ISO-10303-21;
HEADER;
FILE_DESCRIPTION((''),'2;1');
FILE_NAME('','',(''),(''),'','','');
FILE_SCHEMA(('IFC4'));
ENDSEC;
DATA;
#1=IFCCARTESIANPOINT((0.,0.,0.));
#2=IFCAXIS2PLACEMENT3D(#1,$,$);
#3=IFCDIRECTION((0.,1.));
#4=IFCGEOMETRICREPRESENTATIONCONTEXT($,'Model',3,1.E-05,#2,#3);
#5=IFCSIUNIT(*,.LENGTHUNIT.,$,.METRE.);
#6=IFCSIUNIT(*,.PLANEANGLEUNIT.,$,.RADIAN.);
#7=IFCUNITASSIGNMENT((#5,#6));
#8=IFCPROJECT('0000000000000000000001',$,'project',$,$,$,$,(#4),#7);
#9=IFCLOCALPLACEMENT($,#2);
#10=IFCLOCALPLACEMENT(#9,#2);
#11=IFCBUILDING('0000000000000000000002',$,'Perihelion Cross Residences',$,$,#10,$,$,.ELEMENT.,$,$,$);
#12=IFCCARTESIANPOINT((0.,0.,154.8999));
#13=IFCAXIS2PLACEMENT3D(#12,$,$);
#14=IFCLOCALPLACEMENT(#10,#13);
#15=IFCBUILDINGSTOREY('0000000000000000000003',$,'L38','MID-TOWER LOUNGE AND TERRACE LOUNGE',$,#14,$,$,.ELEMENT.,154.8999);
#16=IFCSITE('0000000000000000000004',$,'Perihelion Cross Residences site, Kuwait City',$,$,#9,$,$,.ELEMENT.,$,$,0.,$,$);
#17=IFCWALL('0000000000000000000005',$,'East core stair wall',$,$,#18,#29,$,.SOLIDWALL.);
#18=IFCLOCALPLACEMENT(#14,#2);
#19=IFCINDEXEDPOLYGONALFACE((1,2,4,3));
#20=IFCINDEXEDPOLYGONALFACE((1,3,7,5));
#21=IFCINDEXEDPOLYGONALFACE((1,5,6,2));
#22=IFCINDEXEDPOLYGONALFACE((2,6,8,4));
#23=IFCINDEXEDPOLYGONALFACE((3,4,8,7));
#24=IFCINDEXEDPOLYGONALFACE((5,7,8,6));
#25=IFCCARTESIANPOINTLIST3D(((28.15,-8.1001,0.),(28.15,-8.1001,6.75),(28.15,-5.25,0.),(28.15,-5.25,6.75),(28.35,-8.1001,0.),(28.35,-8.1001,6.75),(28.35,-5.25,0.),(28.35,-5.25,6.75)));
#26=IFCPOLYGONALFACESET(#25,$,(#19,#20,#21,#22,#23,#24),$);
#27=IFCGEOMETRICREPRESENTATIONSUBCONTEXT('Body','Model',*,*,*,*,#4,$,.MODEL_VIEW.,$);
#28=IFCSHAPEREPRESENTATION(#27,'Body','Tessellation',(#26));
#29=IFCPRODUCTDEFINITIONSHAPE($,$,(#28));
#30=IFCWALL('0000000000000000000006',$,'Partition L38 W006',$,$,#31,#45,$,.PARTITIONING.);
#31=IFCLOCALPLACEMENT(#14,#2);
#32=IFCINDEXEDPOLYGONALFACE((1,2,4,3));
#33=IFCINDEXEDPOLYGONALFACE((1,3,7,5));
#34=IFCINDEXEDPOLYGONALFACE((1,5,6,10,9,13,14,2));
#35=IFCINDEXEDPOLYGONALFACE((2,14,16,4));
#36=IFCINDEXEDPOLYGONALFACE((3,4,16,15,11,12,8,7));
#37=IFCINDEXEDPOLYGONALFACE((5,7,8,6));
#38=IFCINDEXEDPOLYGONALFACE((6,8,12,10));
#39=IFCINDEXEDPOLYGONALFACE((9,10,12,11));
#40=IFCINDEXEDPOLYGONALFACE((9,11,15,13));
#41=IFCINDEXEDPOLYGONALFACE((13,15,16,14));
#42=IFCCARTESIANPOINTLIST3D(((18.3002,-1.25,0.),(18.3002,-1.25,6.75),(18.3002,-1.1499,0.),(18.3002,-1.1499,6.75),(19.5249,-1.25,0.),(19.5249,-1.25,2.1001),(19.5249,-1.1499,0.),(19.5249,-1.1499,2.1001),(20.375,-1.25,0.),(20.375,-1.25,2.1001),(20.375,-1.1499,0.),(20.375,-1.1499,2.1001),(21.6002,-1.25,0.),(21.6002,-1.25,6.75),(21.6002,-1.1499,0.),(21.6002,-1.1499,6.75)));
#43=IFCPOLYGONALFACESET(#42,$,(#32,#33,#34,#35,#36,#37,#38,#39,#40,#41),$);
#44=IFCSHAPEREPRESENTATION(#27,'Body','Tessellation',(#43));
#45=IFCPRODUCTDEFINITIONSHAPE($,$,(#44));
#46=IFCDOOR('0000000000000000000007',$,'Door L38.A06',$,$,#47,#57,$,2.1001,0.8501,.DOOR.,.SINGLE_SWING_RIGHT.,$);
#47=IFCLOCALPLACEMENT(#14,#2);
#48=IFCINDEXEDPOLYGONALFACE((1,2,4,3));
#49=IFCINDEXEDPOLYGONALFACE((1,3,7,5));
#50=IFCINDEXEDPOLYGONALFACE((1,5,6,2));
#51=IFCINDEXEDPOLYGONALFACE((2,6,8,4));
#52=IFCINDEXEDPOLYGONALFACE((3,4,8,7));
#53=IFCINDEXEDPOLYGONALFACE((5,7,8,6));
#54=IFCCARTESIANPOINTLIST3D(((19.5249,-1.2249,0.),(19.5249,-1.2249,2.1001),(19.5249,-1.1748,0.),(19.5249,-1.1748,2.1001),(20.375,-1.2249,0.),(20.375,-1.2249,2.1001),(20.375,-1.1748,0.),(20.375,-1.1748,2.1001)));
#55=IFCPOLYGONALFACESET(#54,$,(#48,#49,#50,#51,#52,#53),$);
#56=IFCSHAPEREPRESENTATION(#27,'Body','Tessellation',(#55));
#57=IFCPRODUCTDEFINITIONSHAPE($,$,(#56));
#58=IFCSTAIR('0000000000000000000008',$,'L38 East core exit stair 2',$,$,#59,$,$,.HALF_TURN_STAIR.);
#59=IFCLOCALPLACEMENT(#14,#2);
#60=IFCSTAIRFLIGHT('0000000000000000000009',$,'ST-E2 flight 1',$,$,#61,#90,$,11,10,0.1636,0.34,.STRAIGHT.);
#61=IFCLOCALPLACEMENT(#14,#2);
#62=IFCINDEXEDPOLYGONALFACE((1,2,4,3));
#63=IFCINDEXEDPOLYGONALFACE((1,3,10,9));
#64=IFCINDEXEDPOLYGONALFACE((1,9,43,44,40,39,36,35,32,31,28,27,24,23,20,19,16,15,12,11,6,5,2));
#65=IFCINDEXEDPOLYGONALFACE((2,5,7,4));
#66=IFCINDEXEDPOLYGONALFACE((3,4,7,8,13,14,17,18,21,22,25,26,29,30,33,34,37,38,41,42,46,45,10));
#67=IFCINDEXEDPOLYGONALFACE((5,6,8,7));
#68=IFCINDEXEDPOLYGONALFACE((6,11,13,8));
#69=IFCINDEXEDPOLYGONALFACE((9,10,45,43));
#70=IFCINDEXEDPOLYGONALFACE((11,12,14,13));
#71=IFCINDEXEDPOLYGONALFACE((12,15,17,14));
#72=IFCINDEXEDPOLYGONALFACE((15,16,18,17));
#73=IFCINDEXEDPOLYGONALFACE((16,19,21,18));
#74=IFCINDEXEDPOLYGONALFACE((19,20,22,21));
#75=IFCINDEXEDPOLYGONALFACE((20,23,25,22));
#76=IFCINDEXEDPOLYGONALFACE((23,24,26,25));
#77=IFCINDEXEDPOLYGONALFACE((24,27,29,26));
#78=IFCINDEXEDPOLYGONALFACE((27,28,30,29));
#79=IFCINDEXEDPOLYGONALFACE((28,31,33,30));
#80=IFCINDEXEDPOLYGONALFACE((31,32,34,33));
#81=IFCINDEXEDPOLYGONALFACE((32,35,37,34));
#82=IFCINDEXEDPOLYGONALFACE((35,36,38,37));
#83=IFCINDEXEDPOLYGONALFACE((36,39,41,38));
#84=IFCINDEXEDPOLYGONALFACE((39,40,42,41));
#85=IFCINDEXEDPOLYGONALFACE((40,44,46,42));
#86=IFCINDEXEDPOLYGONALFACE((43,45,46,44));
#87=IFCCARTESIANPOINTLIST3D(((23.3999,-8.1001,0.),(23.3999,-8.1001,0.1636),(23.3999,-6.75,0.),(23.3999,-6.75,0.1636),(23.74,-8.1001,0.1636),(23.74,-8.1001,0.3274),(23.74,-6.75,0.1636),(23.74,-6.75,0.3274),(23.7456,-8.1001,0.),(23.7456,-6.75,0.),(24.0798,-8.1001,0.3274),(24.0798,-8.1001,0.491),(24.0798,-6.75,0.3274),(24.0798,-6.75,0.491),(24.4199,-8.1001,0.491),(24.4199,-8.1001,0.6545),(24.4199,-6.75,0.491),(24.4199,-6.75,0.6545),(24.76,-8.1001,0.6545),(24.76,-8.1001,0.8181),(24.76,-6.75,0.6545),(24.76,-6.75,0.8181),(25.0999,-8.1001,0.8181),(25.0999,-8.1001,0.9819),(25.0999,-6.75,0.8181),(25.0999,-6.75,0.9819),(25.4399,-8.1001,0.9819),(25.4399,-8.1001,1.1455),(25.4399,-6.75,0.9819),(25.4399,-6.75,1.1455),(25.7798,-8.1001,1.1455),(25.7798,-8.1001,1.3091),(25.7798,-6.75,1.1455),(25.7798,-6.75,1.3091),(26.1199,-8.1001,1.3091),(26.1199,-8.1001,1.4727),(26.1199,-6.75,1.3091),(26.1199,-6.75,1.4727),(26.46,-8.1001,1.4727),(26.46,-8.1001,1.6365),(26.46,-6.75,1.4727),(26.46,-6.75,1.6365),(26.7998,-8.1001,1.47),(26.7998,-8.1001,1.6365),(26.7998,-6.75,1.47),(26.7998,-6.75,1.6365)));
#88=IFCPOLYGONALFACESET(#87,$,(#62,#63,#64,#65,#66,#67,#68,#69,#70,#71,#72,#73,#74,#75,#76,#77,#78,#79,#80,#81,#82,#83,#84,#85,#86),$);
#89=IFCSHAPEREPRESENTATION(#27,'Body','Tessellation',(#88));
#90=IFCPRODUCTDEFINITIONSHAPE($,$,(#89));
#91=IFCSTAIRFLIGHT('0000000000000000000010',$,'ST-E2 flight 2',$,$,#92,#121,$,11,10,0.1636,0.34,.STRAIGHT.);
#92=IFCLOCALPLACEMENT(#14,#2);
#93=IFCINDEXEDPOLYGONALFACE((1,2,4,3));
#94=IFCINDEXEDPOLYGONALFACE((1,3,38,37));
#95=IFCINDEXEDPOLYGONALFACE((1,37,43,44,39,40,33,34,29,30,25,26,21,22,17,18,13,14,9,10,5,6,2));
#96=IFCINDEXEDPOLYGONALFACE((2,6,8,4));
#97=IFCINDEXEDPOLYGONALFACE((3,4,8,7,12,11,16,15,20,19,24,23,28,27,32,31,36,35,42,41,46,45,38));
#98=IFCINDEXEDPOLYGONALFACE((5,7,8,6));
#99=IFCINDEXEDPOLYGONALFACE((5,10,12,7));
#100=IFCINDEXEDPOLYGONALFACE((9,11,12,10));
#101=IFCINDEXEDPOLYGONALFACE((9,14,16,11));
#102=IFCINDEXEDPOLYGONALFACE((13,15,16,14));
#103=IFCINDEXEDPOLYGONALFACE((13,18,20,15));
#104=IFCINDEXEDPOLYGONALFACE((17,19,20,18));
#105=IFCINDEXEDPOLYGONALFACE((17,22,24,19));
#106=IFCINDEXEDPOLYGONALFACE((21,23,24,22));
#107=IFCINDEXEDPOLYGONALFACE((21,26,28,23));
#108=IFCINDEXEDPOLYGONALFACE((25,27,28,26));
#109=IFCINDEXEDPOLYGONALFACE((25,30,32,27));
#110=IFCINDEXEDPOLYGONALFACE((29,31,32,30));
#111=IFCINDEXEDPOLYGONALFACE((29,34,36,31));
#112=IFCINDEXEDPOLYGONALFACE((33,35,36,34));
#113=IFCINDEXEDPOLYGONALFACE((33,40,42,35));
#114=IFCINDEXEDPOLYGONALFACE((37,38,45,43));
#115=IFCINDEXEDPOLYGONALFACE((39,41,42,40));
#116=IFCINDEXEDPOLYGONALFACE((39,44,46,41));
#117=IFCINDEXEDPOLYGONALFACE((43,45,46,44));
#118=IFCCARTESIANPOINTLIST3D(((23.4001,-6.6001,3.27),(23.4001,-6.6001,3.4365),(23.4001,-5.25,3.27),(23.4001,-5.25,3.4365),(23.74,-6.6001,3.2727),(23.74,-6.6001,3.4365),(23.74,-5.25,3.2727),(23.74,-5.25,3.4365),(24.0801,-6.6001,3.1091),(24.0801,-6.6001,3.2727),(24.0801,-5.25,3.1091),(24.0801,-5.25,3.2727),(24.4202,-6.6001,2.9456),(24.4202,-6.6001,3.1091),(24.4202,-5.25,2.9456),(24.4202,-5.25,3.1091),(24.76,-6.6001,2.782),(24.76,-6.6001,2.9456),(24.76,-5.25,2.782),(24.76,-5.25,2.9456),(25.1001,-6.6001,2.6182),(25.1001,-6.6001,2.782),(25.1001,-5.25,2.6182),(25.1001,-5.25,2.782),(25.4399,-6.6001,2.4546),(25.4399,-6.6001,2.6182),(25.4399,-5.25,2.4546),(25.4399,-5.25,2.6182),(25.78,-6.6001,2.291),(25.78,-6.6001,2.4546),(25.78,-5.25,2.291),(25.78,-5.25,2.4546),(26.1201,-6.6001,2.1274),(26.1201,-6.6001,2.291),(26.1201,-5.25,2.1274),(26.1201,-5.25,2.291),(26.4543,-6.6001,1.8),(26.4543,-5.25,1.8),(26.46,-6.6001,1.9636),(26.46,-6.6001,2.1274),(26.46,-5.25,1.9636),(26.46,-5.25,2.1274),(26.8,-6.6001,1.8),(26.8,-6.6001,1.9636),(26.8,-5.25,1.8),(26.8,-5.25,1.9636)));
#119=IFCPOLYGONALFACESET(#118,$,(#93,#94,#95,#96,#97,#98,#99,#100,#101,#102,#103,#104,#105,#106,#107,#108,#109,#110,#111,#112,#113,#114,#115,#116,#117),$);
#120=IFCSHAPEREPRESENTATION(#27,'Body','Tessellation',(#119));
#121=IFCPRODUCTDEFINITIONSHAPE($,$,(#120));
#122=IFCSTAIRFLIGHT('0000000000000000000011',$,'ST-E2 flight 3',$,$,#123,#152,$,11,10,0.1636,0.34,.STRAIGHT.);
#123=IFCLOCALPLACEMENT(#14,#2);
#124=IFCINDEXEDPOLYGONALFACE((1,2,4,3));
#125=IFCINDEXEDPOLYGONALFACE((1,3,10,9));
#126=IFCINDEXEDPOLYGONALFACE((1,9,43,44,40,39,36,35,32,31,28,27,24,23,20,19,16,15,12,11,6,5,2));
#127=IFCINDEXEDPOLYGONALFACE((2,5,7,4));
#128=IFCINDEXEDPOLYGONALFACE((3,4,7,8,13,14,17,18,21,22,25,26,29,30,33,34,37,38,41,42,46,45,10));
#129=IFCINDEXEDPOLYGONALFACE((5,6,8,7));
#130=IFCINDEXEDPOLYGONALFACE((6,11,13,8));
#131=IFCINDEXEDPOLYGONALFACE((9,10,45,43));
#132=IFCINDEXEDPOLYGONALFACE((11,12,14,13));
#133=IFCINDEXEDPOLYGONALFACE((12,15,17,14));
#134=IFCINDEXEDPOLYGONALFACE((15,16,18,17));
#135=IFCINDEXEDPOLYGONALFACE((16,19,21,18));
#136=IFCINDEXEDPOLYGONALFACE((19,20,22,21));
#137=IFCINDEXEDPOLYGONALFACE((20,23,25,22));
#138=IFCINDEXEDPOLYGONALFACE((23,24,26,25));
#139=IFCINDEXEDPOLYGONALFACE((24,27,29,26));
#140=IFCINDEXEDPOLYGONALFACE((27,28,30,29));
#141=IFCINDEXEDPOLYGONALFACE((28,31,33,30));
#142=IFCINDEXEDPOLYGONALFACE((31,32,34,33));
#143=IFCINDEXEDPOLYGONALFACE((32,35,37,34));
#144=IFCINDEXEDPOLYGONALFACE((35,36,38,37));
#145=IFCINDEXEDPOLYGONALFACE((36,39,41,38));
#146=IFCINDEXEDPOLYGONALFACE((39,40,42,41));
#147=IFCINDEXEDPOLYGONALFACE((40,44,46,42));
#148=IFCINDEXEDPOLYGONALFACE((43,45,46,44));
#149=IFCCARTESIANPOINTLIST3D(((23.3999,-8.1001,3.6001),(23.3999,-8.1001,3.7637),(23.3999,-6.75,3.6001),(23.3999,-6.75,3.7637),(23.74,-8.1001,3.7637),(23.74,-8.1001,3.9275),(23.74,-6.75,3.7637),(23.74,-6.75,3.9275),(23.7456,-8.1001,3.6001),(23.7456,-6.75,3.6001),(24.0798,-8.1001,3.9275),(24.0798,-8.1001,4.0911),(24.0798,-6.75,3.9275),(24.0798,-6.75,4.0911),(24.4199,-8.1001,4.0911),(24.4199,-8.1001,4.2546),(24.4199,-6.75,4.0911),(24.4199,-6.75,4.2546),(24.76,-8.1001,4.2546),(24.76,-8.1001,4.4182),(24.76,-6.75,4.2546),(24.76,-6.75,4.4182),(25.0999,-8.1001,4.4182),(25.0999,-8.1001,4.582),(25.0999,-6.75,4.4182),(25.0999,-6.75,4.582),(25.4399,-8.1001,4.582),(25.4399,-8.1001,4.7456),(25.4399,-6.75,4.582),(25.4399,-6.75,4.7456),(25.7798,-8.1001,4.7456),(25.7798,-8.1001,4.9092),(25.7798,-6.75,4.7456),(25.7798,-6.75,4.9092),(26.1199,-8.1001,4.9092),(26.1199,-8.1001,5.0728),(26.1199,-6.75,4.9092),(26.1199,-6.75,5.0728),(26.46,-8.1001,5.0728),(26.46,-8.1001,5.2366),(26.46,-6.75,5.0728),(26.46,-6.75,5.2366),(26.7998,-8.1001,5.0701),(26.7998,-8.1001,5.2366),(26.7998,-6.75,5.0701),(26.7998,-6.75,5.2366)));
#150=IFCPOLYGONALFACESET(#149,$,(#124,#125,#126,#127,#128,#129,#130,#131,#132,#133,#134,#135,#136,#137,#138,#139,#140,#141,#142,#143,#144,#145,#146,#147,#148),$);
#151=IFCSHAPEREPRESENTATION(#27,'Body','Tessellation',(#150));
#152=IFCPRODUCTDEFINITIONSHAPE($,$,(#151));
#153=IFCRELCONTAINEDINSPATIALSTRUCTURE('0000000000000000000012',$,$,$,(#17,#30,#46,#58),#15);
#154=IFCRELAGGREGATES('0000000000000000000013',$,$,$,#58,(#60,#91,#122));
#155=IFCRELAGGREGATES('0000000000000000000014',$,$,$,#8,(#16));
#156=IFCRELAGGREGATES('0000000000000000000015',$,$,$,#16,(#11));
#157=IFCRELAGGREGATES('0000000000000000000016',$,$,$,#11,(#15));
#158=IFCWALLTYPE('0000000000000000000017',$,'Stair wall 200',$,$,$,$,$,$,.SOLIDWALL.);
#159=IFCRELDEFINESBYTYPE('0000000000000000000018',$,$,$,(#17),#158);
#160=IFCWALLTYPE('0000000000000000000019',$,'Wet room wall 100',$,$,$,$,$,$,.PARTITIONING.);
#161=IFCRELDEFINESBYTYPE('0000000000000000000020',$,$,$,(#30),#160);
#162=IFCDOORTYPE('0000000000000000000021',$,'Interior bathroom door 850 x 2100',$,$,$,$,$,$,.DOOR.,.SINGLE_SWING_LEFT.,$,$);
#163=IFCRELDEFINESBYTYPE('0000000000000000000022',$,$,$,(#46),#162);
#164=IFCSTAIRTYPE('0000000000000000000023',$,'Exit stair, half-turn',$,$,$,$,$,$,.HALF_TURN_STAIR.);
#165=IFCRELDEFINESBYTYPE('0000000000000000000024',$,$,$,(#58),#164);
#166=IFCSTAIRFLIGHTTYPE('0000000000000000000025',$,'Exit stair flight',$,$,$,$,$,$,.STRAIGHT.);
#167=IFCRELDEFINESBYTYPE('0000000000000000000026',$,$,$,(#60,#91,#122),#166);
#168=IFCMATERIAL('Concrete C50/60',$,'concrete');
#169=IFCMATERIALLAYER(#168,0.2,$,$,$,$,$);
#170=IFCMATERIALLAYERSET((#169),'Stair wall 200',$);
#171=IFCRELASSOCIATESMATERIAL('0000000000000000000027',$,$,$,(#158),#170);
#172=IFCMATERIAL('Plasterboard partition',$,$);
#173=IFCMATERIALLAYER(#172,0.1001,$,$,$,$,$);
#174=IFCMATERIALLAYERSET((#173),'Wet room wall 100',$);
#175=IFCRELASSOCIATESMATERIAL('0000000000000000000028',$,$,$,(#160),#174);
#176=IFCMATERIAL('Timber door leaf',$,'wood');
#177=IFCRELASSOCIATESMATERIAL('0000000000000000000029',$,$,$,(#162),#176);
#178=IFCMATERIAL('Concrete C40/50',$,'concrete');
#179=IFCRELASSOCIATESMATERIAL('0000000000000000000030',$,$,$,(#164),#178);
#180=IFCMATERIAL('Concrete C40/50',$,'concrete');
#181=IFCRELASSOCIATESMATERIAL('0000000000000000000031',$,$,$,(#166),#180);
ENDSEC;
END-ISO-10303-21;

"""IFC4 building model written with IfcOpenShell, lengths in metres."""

from ifc_helpers import new_model, si_unit, direction, frame, frame_2d, origin, place, context, subcontext, project, spatial, polyline, rectangle, outline, extrude, material, layer, layer_set, type_object, element, fill, aggregate, save


model = new_model("IFC4")

# Units and contexts
model_context = context("Model", 3, precision=1e-05, world=origin(), true_north=direction((0.0, 1.0)))
body_context = subcontext(model_context, "Body", "Model", "MODEL_VIEW")
ifc_project = project(units=[si_unit("LENGTHUNIT", "METRE"), si_unit("PLANEANGLEUNIT", "RADIAN")], contexts=[model_context])

# Site, building, storey
site_placement = place(None, origin())
site = spatial("IfcSite", under=ifc_project, at=site_placement, Name="Perihelion Cross Residences site, Kuwait City", CompositionType="ELEMENT", RefElevation=0.0)
building_placement = place(site_placement, origin())
building = spatial("IfcBuilding", under=site, at=building_placement, Name="Perihelion Cross Residences", CompositionType="ELEMENT")
storey_placement = place(building_placement, frame((0.0, 0.0, 154.8999)))
storey = spatial("IfcBuildingStorey", under=building, at=storey_placement, Name="L38", Description="MID-TOWER LOUNGE AND TERRACE LOUNGE", CompositionType="ELEMENT", Elevation=154.8999)

# Shared definitions
ifc_material_1 = material(Name="Concrete C50/60", Category="concrete")
ifc_layer_1 = layer(ifc_material_1, 0.2)
ifc_layer_set_1 = layer_set([ifc_layer_1], Name="Stair wall 200")
wall_type_1 = type_object("IfcWallType", Name="Stair wall 200", PredefinedType="SOLIDWALL", material=ifc_layer_set_1)

# Wall
wall_1_placement = place(storey_placement, frame((28.25, -8.1001, 0.0), z_axis=(0.0, 0.0, 1.0), x_axis=(0.0, 1.0, 0.0)))
element("IfcWall", 1, at=wall_1_placement, inside=storey, type_object=wall_type_1, Name="East core stair wall", PredefinedType="SOLIDWALL", context=body_context, shape_type="SweptSolid", body=[
    extrude(rectangle(XDim=2.8501, YDim=0.2, at=frame_2d((1.425, 0.0))), origin(), (0.0, 0.0, 1.0), 6.75),
])

# Wall, opening, door
ifc_material_2 = material(Name="Plasterboard partition")
ifc_layer_2 = layer(ifc_material_2, 0.1001)
ifc_layer_set_2 = layer_set([ifc_layer_2], Name="Wet room wall 100")
wall_type_2 = type_object("IfcWallType", Name="Wet room wall 100", PredefinedType="PARTITIONING", material=ifc_layer_set_2)
wall_2_placement = place(storey_placement, frame((21.6001, -1.2, 0.0), z_axis=(0.0, 0.0, 1.0), x_axis=(-1.0, 0.0, 0.0)))
wall_2 = element("IfcWall", 2, at=wall_2_placement, inside=storey, type_object=wall_type_2, Name="Partition L38 W006", PredefinedType="PARTITIONING", context=body_context, shape_type="SweptSolid", body=[
    extrude(rectangle(XDim=3.3, YDim=0.1001, at=frame_2d((1.6499, 0.0))), origin(), (0.0, 0.0, 1.0), 6.75),
])
opening_1_placement = place(wall_2_placement, frame((1.2251, 0.0, 0.0)))
opening_1 = element("IfcOpeningElement", 3, at=opening_1_placement, cuts=wall_2, PredefinedType="OPENING", context=body_context, shape_type="SweptSolid", body=[
    extrude(rectangle(XDim=0.8501, YDim=2.1001, at=frame_2d((0.425, 1.05))), frame((0.0, 0.0601, 0.0), z_axis=(0.0, -1.0, 0.0), x_axis=(1.0, 0.0, 0.0)), (0.0, 0.0, 1.0), 0.1201),
])
ifc_material_3 = material(Name="Timber door leaf", Category="wood")
door_type_1 = type_object("IfcDoorType", Name="Interior bathroom door 850 x 2100", OperationType="SINGLE_SWING_LEFT", PredefinedType="DOOR", material=ifc_material_3)
door_1_placement = place(opening_1_placement, origin())
door_1 = element("IfcDoor", 4, at=door_1_placement, inside=storey, type_object=door_type_1, Name="Door L38.A06", OperationType="SINGLE_SWING_RIGHT", OverallHeight=2.1001, OverallWidth=0.8501, PredefinedType="DOOR", context=body_context, shape_type="SweptSolid", body=[
    extrude(rectangle(XDim=0.8501, YDim=2.1001, at=frame_2d((0.425, 1.05))), frame((0.0, 0.0249, 0.0), z_axis=(0.0, -1.0, 0.0), x_axis=(1.0, 0.0, 0.0)), (0.0, 0.0, 1.0), 0.05),
])
fill(opening_1, door_1)

# Stair, stair flights
ifc_material_4 = material(Name="Concrete C40/50", Category="concrete")
stair_type = type_object("IfcStairType", Name="Exit stair, half-turn", PredefinedType="HALF_TURN_STAIR", material=ifc_material_4)
stair_placement = place(storey_placement, origin())
stair = element("IfcStair", 5, at=stair_placement, inside=storey, type_object=stair_type, Name="L38 East core exit stair 2", PredefinedType="HALF_TURN_STAIR")
ifc_material_5 = material(Name="Concrete C40/50", Category="concrete")
stair_flight_type = type_object("IfcStairFlightType", Name="Exit stair flight", PredefinedType="STRAIGHT", material=ifc_material_5)
stair_flight_1_placement = place(storey_placement, frame((23.3999, -7.425, 0.0), z_axis=(0.0, 0.0, 1.0), x_axis=(1.0, 0.0, 0.0)))
stair_flight_1 = element("IfcStairFlight", 6, at=stair_flight_1_placement, type_object=stair_flight_type, Name="ST-E2 flight 1", NumberOfRisers=11, NumberOfTreads=10, PredefinedType="STRAIGHT", RiserHeight=0.1636, TreadLength=0.34, context=body_context, shape_type="SweptSolid", body=[
    extrude(outline(polyline([(0.0, 0.0), (0.0, 0.1636), (0.3401, 0.1636), (0.3401, 0.3274), (0.6799, 0.3274), (0.6799, 0.491), (1.02, 0.491), (1.02, 0.6545), (1.3601, 0.6545), (1.3601, 0.8181), (1.7, 0.8181), (1.7, 0.9819), (2.04, 0.9819), (2.04, 1.1455), (2.3799, 1.1455), (2.3799, 1.3091), (2.72, 1.3091), (2.72, 1.4727), (3.0601, 1.4727), (3.0601, 1.6365), (3.3999, 1.6365), (3.3999, 1.8), (3.3999, 1.47), (0.3457, 0.0), (0.0, 0.0)])), frame((0.0, 0.675, 0.0), z_axis=(0.0, -1.0, 0.0), x_axis=(1.0, 0.0, 0.0)), (0.0, 0.0, 1.0), 1.3501),
])
stair_flight_2_placement = place(storey_placement, frame((26.8, -5.925, 1.8), z_axis=(0.0, 0.0, 1.0), x_axis=(-1.0, 0.0, 0.0)))
stair_flight_2 = element("IfcStairFlight", 7, at=stair_flight_2_placement, type_object=stair_flight_type, Name="ST-E2 flight 2", NumberOfRisers=11, NumberOfTreads=10, PredefinedType="STRAIGHT", RiserHeight=0.1636, TreadLength=0.34, context=body_context, shape_type="SweptSolid", body=[
    extrude(outline(polyline([(0.0, 0.0), (0.0, 0.1636), (0.3401, 0.1636), (0.3401, 0.3274), (0.6799, 0.3274), (0.6799, 0.491), (1.02, 0.491), (1.02, 0.6545), (1.3601, 0.6545), (1.3601, 0.8181), (1.7, 0.8181), (1.7, 0.9819), (2.04, 0.9819), (2.04, 1.1455), (2.3799, 1.1455), (2.3799, 1.3091), (2.72, 1.3091), (2.72, 1.4727), (3.0601, 1.4727), (3.0601, 1.6365), (3.3999, 1.6365), (3.3999, 1.8), (3.3999, 1.47), (0.3457, 0.0), (0.0, 0.0)])), frame((0.0, 0.675, 0.0), z_axis=(0.0, -1.0, 0.0), x_axis=(1.0, 0.0, 0.0)), (0.0, 0.0, 1.0), 1.3501),
])
stair_flight_3_placement = place(storey_placement, frame((23.3999, -7.425, 3.6001), z_axis=(0.0, 0.0, 1.0), x_axis=(1.0, 0.0, 0.0)))
stair_flight_3 = element("IfcStairFlight", 8, at=stair_flight_3_placement, type_object=stair_flight_type, Name="ST-E2 flight 3", NumberOfRisers=11, NumberOfTreads=10, PredefinedType="STRAIGHT", RiserHeight=0.1636, TreadLength=0.34, context=body_context, shape_type="SweptSolid", body=[
    extrude(outline(polyline([(0.0, 0.0), (0.0, 0.1636), (0.3401, 0.1636), (0.3401, 0.3274), (0.6799, 0.3274), (0.6799, 0.491), (1.02, 0.491), (1.02, 0.6545), (1.3601, 0.6545), (1.3601, 0.8181), (1.7, 0.8181), (1.7, 0.9819), (2.04, 0.9819), (2.04, 1.1455), (2.3799, 1.1455), (2.3799, 1.3091), (2.72, 1.3091), (2.72, 1.4727), (3.0601, 1.4727), (3.0601, 1.6365), (3.3999, 1.6365), (3.3999, 1.8), (3.3999, 1.47), (0.3457, 0.0), (0.0, 0.0)])), frame((0.0, 0.675, 0.0), z_axis=(0.0, -1.0, 0.0), x_axis=(1.0, 0.0, 0.0)), (0.0, 0.0, 1.0), 1.3501),
])
aggregate(stair, [stair_flight_1, stair_flight_2, stair_flight_3])

save(model, "model.ifc")
